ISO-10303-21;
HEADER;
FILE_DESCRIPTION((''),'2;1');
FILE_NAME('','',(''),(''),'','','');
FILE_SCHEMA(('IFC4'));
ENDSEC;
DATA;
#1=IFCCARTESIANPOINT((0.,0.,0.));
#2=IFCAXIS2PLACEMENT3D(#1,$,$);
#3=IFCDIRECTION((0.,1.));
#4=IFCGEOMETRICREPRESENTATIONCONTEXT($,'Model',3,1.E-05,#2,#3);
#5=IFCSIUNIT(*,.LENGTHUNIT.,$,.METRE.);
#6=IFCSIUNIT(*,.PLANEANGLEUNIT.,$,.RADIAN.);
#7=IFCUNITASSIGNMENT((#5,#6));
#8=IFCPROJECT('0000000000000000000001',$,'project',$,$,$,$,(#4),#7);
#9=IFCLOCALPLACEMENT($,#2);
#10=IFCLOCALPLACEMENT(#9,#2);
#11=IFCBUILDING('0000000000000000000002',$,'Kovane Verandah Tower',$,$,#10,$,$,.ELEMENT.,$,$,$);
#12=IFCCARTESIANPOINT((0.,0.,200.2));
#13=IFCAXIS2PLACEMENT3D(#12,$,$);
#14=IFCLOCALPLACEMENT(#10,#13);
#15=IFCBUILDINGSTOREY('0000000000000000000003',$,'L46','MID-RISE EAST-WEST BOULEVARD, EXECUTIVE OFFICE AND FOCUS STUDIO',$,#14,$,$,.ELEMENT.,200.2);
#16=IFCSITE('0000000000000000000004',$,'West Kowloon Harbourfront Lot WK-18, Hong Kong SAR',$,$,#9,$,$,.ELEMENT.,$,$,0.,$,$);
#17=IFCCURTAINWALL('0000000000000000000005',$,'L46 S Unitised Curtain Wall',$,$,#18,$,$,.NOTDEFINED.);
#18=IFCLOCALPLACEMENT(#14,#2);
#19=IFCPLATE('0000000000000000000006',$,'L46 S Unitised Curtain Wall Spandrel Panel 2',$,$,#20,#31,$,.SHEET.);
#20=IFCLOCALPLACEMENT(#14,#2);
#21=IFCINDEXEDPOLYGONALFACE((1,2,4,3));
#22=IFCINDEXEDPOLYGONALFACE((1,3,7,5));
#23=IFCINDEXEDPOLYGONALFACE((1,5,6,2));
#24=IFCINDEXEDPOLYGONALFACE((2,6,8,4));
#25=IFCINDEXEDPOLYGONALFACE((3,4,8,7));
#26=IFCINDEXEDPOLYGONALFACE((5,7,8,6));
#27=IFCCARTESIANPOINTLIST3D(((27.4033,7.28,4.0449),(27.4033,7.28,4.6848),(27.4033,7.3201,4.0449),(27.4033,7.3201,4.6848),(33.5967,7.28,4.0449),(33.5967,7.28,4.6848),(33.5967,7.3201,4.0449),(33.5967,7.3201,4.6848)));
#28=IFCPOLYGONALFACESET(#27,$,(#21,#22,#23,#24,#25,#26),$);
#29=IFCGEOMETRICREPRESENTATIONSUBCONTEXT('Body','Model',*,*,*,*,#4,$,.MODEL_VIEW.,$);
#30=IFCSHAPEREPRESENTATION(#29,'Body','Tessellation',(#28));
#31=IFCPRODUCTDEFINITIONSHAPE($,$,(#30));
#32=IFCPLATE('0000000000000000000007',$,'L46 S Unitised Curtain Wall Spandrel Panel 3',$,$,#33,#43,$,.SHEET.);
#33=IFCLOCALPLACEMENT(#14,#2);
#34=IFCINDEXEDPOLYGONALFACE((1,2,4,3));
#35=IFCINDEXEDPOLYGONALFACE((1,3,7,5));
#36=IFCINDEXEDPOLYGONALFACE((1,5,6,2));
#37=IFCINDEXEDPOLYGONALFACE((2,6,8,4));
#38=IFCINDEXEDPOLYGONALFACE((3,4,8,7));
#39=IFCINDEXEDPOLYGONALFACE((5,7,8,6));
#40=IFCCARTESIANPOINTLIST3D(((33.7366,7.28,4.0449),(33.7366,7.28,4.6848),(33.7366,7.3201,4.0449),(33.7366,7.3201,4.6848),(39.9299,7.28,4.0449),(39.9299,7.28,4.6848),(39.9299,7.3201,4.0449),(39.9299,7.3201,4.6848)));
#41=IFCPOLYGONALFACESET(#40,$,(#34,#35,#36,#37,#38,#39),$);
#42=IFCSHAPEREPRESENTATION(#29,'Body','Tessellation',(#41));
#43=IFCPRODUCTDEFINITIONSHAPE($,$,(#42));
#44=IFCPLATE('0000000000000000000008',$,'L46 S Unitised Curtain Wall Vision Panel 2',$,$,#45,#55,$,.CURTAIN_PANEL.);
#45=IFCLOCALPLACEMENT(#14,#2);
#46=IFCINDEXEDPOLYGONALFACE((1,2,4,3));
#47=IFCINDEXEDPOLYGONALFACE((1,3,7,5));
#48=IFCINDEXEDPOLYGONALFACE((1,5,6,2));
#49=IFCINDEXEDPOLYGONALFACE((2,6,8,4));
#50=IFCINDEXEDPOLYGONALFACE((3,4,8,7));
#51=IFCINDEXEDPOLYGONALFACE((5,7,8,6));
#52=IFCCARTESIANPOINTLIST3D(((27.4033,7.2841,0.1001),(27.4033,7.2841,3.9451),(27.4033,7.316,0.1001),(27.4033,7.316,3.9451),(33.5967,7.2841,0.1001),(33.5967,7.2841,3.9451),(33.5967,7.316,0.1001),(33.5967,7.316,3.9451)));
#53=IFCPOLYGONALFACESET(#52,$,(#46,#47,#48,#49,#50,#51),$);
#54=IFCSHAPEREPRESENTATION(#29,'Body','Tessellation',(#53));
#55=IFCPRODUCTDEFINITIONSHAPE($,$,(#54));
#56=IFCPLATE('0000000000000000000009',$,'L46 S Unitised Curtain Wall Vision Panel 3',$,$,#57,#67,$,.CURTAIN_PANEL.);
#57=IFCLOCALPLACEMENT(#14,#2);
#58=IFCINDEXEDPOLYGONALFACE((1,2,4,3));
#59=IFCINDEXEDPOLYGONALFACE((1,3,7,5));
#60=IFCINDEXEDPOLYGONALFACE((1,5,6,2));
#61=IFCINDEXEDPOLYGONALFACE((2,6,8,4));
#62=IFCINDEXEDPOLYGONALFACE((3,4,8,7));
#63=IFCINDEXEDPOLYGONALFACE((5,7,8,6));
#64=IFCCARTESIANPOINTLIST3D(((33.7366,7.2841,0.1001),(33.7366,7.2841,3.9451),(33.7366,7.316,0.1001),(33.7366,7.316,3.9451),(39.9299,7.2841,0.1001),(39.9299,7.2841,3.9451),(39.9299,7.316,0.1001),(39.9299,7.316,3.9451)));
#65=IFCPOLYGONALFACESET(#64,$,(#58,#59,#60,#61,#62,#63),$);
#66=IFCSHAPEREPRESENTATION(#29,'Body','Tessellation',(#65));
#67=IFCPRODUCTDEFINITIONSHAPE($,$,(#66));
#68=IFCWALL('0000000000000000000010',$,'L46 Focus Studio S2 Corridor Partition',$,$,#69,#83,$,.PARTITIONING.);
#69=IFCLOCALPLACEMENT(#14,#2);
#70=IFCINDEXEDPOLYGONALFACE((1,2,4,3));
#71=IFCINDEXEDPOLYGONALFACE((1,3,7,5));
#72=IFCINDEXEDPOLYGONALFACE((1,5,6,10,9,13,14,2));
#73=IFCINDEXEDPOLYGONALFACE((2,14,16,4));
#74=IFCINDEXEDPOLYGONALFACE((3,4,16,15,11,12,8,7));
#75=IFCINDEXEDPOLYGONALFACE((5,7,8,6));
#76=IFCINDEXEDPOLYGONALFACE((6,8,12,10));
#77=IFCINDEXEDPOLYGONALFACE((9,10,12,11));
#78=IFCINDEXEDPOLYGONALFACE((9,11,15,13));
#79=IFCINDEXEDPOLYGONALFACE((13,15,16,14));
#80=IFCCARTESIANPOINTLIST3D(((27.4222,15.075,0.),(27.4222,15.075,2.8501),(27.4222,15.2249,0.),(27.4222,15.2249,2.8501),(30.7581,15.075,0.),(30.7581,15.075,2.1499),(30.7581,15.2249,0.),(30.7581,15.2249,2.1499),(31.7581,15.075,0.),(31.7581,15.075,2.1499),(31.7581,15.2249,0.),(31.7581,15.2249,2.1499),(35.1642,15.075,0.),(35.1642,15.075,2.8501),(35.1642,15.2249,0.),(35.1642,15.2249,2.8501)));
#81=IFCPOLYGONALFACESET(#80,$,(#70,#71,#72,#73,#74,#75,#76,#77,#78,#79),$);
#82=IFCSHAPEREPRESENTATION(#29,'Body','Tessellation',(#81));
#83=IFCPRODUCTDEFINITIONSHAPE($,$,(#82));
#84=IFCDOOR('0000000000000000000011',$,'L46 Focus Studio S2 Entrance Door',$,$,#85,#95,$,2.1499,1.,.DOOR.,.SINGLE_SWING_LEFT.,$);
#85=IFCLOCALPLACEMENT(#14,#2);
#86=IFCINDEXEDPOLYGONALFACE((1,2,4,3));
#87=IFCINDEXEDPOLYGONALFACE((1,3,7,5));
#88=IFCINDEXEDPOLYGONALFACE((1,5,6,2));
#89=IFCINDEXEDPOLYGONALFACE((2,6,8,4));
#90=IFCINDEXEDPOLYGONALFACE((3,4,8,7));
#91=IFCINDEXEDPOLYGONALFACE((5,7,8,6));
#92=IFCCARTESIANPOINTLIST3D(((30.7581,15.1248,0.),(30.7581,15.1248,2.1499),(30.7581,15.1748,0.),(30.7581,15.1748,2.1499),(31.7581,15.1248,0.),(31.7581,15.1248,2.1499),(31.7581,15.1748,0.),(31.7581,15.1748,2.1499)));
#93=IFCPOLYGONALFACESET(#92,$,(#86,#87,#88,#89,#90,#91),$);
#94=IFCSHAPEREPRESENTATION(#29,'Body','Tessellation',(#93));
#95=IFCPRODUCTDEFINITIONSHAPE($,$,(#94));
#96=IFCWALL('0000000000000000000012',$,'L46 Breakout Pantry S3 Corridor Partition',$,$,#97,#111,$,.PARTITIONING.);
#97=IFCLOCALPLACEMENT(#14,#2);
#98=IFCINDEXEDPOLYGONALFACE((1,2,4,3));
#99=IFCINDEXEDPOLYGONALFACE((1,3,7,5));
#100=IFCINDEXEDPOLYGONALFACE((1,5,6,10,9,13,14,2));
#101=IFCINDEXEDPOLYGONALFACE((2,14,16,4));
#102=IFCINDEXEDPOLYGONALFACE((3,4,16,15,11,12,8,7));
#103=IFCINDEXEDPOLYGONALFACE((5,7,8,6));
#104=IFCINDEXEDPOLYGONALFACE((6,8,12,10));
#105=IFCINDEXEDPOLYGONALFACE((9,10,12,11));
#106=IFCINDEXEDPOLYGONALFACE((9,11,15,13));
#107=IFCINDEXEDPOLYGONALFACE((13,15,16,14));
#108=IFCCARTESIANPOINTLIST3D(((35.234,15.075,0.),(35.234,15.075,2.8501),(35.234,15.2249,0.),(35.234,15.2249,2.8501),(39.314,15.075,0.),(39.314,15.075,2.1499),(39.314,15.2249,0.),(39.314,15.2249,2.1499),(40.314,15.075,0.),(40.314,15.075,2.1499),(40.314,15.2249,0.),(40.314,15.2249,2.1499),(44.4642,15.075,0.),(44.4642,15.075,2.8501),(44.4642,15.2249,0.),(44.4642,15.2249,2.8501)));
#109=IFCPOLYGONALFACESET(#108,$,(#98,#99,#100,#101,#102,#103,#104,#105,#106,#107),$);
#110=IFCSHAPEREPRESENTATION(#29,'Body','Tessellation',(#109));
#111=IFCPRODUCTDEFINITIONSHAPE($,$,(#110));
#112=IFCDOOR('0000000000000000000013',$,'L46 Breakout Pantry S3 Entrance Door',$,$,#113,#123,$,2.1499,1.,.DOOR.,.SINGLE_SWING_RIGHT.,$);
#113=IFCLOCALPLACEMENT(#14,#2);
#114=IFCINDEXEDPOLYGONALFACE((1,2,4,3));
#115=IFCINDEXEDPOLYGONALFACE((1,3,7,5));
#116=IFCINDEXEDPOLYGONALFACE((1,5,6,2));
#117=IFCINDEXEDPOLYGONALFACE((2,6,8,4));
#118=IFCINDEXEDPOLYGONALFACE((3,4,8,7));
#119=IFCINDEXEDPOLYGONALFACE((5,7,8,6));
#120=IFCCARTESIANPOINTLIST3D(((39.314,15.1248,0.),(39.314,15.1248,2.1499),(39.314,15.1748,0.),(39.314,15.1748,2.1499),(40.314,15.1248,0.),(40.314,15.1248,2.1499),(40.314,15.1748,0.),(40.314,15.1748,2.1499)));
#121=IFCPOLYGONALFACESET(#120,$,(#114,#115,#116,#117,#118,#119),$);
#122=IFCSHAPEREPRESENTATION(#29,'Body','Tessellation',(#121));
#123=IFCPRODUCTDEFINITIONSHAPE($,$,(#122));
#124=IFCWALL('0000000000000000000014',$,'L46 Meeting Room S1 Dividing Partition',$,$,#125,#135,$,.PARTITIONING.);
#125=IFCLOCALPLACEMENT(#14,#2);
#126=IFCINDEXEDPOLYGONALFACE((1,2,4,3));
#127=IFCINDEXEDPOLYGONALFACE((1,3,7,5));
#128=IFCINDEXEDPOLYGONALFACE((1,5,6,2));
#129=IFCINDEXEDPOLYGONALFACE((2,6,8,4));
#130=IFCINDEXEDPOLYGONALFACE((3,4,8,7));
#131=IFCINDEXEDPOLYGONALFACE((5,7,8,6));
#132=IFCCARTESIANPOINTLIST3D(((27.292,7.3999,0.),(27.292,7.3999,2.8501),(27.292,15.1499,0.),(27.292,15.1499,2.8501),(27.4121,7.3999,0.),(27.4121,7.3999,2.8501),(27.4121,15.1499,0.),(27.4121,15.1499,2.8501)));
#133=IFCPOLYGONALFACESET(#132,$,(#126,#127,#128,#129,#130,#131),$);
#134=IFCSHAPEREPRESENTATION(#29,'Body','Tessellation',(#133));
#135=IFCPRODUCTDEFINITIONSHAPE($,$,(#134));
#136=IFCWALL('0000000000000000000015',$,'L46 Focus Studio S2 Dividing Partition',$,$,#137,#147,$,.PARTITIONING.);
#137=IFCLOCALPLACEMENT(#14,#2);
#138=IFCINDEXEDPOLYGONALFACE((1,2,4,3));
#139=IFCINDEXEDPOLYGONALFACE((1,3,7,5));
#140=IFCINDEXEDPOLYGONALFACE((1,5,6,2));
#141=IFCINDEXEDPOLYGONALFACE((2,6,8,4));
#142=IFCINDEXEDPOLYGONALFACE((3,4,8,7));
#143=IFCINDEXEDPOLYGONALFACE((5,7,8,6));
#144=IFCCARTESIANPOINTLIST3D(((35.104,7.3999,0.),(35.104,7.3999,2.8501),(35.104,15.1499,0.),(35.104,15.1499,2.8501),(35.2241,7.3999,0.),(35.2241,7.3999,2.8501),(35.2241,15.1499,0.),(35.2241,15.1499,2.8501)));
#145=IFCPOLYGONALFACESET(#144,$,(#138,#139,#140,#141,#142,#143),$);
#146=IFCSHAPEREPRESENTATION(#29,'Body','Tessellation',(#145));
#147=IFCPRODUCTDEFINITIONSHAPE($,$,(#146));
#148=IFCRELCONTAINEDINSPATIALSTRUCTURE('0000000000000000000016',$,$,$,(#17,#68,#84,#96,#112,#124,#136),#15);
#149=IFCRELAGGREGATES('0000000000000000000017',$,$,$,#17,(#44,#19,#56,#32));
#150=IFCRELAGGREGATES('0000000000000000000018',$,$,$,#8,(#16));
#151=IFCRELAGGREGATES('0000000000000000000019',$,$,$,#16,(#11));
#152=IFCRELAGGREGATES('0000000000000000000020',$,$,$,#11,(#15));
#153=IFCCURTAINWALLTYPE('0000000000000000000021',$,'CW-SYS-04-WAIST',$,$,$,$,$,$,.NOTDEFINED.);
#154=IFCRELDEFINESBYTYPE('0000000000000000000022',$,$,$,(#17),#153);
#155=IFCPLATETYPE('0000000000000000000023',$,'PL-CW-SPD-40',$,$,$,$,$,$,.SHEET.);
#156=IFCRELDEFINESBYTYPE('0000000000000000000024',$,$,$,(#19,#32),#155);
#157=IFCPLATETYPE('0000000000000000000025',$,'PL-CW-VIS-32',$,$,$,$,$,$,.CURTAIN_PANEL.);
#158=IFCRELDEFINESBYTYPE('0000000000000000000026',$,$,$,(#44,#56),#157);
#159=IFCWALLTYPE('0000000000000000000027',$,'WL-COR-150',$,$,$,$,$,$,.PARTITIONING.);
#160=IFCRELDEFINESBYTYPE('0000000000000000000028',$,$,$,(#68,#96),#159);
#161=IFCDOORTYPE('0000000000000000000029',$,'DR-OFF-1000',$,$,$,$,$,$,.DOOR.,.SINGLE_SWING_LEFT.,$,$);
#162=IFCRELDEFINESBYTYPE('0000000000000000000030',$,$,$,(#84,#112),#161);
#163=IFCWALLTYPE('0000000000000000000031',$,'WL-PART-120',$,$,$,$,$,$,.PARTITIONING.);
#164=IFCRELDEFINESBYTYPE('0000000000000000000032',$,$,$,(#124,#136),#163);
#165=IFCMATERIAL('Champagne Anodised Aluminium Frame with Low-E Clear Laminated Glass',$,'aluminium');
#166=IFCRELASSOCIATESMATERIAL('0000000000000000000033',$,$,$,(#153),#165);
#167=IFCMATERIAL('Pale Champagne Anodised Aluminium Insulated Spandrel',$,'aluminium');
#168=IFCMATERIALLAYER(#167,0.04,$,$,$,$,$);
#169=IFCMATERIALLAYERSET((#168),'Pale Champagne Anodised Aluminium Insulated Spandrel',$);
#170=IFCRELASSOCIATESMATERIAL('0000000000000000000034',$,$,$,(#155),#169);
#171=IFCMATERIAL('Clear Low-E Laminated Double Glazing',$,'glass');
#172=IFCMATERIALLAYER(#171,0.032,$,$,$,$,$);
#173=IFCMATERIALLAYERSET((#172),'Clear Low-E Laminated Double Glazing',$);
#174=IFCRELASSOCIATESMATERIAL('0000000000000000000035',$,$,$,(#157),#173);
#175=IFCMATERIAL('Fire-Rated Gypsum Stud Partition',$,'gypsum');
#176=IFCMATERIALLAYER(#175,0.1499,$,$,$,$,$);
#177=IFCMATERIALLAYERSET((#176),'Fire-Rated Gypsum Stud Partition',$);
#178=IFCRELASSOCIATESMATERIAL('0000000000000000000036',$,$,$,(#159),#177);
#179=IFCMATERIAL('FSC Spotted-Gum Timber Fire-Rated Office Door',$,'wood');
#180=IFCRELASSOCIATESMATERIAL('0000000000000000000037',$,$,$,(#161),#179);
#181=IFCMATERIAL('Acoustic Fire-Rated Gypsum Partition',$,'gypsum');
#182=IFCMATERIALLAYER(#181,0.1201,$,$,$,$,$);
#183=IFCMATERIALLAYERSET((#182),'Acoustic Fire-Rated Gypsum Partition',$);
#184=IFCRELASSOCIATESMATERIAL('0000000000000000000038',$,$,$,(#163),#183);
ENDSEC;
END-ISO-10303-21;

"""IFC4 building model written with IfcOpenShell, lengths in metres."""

from ifc_helpers import new_model, si_unit, direction, frame, frame_2d, origin, origin_2d, place, context, subcontext, project, spatial, rectangle, extrude, material, layer, layer_set, type_object, element, fill, aggregate, save


model = new_model("IFC4")

# Units and contexts
model_context = context("Model", 3, precision=1e-05, world=origin(), true_north=direction((0.0, 1.0)))
body_context = subcontext(model_context, "Body", "Model", "MODEL_VIEW")
ifc_project = project(units=[si_unit("LENGTHUNIT", "METRE"), si_unit("PLANEANGLEUNIT", "RADIAN")], contexts=[model_context])

# Site, building, storey
site_placement = place(None, origin())
site = spatial("IfcSite", under=ifc_project, at=site_placement, Name="West Kowloon Harbourfront Lot WK-18, Hong Kong SAR", CompositionType="ELEMENT", RefElevation=0.0)
building_placement = place(site_placement, origin())
building = spatial("IfcBuilding", under=site, at=building_placement, Name="Kovane Verandah Tower", CompositionType="ELEMENT")
storey_placement = place(building_placement, frame((0.0, 0.0, 200.2)))
storey = spatial("IfcBuildingStorey", under=building, at=storey_placement, Name="L46", Description="MID-RISE EAST-WEST BOULEVARD, EXECUTIVE OFFICE AND FOCUS STUDIO", CompositionType="ELEMENT", Elevation=200.2)

# Curtain wall
ifc_material_1 = material(Name="Champagne Anodised Aluminium Frame with Low-E Clear Laminated Glass", Category="aluminium")
curtain_wall_type = type_object("IfcCurtainWallType", Name="CW-SYS-04-WAIST", PredefinedType="NOTDEFINED", material=ifc_material_1)
curtain_wall_placement = place(storey_placement, origin())
curtain_wall = element("IfcCurtainWall", 1, at=curtain_wall_placement, inside=storey, type_object=curtain_wall_type, Name="L46 S Unitised Curtain Wall", PredefinedType="NOTDEFINED")

# Plates
ifc_material_2 = material(Name="Pale Champagne Anodised Aluminium Insulated Spandrel", Category="aluminium")
ifc_layer_1 = layer(ifc_material_2, 0.04)
ifc_layer_set_1 = layer_set([ifc_layer_1], Name="Pale Champagne Anodised Aluminium Insulated Spandrel")
plate_type_1 = type_object("IfcPlateType", Name="PL-CW-SPD-40", PredefinedType="SHEET", material=ifc_layer_set_1)
plate_1_placement = place(storey_placement, frame((30.5, 7.3, 4.0449), z_axis=(0.0, 0.0, 1.0), x_axis=(1.0, 0.0, 0.0)))
plate_1 = element("IfcPlate", 2, at=plate_1_placement, type_object=plate_type_1, Name="L46 S Unitised Curtain Wall Spandrel Panel 2", PredefinedType="SHEET", context=body_context, shape_type="SweptSolid", body=[
    extrude(rectangle(XDim=6.1934, YDim=0.04, at=origin_2d()), origin(), (0.0, 0.0, 1.0), 0.6399),
])
plate_2_placement = place(storey_placement, frame((36.8333, 7.3, 4.0449), z_axis=(0.0, 0.0, 1.0), x_axis=(1.0, 0.0, 0.0)))
plate_2 = element("IfcPlate", 3, at=plate_2_placement, type_object=plate_type_1, Name="L46 S Unitised Curtain Wall Spandrel Panel 3", PredefinedType="SHEET", context=body_context, shape_type="SweptSolid", body=[
    extrude(rectangle(XDim=6.1934, YDim=0.04, at=origin_2d()), origin(), (0.0, 0.0, 1.0), 0.6399),
])
ifc_material_3 = material(Name="Clear Low-E Laminated Double Glazing", Category="glass")
ifc_layer_2 = layer(ifc_material_3, 0.032)
ifc_layer_set_2 = layer_set([ifc_layer_2], Name="Clear Low-E Laminated Double Glazing")
plate_type_2 = type_object("IfcPlateType", Name="PL-CW-VIS-32", PredefinedType="CURTAIN_PANEL", material=ifc_layer_set_2)
plate_3_placement = place(storey_placement, frame((30.5, 7.3, 0.1001), z_axis=(0.0, 0.0, 1.0), x_axis=(1.0, 0.0, 0.0)))
plate_3 = element("IfcPlate", 4, at=plate_3_placement, type_object=plate_type_2, Name="L46 S Unitised Curtain Wall Vision Panel 2", PredefinedType="CURTAIN_PANEL", context=body_context, shape_type="SweptSolid", body=[
    extrude(rectangle(XDim=6.1934, YDim=0.032, at=origin_2d()), origin(), (0.0, 0.0, 1.0), 3.845),
])
plate_4_placement = place(storey_placement, frame((36.8333, 7.3, 0.1001), z_axis=(0.0, 0.0, 1.0), x_axis=(1.0, 0.0, 0.0)))
plate_4 = element("IfcPlate", 5, at=plate_4_placement, type_object=plate_type_2, Name="L46 S Unitised Curtain Wall Vision Panel 3", PredefinedType="CURTAIN_PANEL", context=body_context, shape_type="SweptSolid", body=[
    extrude(rectangle(XDim=6.1934, YDim=0.032, at=origin_2d()), origin(), (0.0, 0.0, 1.0), 3.845),
])
aggregate(curtain_wall, [plate_3, plate_1, plate_4, plate_2])

# Walls, openings, doors
ifc_material_4 = material(Name="Fire-Rated Gypsum Stud Partition", Category="gypsum")
ifc_layer_3 = layer(ifc_material_4, 0.1499)
ifc_layer_set_3 = layer_set([ifc_layer_3], Name="Fire-Rated Gypsum Stud Partition")
wall_type_1 = type_object("IfcWallType", Name="WL-COR-150", PredefinedType="PARTITIONING", material=ifc_layer_set_3)
wall_1_placement = place(storey_placement, frame((27.4221, 15.1499, 0.0), z_axis=(0.0, 0.0, 1.0), x_axis=(1.0, 0.0, 0.0)))
wall_1 = element("IfcWall", 6, at=wall_1_placement, inside=storey, type_object=wall_type_1, Name="L46 Focus Studio S2 Corridor Partition", PredefinedType="PARTITIONING", context=body_context, shape_type="SweptSolid", body=[
    extrude(rectangle(XDim=7.7419, YDim=0.1499, at=frame_2d((3.8711, 0.0))), origin(), (0.0, 0.0, 1.0), 2.8501),
])
opening_1_placement = place(wall_1_placement, frame((3.3359, 0.0, 0.0)))
opening_1 = element("IfcOpeningElement", 7, at=opening_1_placement, cuts=wall_1, PredefinedType="OPENING", context=body_context, shape_type="SweptSolid", body=[
    extrude(rectangle(XDim=1.0, YDim=2.1499, at=frame_2d((0.5, 1.075))), frame((0.0, 0.075, 0.0), z_axis=(0.0, -1.0, 0.0), x_axis=(1.0, 0.0, 0.0)), (0.0, 0.0, 1.0), 0.1499),
])
ifc_material_5 = material(Name="FSC Spotted-Gum Timber Fire-Rated Office Door", Category="wood")
door_type = type_object("IfcDoorType", Name="DR-OFF-1000", OperationType="SINGLE_SWING_LEFT", PredefinedType="DOOR", material=ifc_material_5)
door_1_placement = place(opening_1_placement, origin())
door_1 = element("IfcDoor", 8, at=door_1_placement, inside=storey, type_object=door_type, Name="L46 Focus Studio S2 Entrance Door", OperationType="SINGLE_SWING_LEFT", OverallHeight=2.1499, OverallWidth=1.0, PredefinedType="DOOR", context=body_context, shape_type="SweptSolid", body=[
    extrude(rectangle(XDim=1.0, YDim=2.1499, at=frame_2d((0.5, 1.075))), frame((0.0, 0.0249, 0.0), z_axis=(0.0, -1.0, 0.0), x_axis=(1.0, 0.0, 0.0)), (0.0, 0.0, 1.0), 0.05),
])
fill(opening_1, door_1)
wall_2_placement = place(storey_placement, frame((35.2339, 15.1499, 0.0), z_axis=(0.0, 0.0, 1.0), x_axis=(1.0, 0.0, 0.0)))
wall_2 = element("IfcWall", 9, at=wall_2_placement, inside=storey, type_object=wall_type_1, Name="L46 Breakout Pantry S3 Corridor Partition", PredefinedType="PARTITIONING", context=body_context, shape_type="SweptSolid", body=[
    extrude(rectangle(XDim=9.2302, YDim=0.1499, at=frame_2d((4.6152, 0.0))), origin(), (0.0, 0.0, 1.0), 2.8501),
])
opening_2_placement = place(wall_2_placement, frame((4.0801, 0.0, 0.0)))
opening_2 = element("IfcOpeningElement", 10, at=opening_2_placement, cuts=wall_2, PredefinedType="OPENING", context=body_context, shape_type="SweptSolid", body=[
    extrude(rectangle(XDim=1.0, YDim=2.1499, at=frame_2d((0.5, 1.075))), frame((0.0, 0.075, 0.0), z_axis=(0.0, -1.0, 0.0), x_axis=(1.0, 0.0, 0.0)), (0.0, 0.0, 1.0), 0.1499),
])
door_2_placement = place(opening_2_placement, origin())
door_2 = element("IfcDoor", 11, at=door_2_placement, inside=storey, type_object=door_type, Name="L46 Breakout Pantry S3 Entrance Door", OperationType="SINGLE_SWING_RIGHT", OverallHeight=2.1499, OverallWidth=1.0, PredefinedType="DOOR", context=body_context, shape_type="SweptSolid", body=[
    extrude(rectangle(XDim=1.0, YDim=2.1499, at=frame_2d((0.5, 1.075))), frame((0.0, 0.0249, 0.0), z_axis=(0.0, -1.0, 0.0), x_axis=(1.0, 0.0, 0.0)), (0.0, 0.0, 1.0), 0.05),
])
fill(opening_2, door_2)

# Walls
ifc_material_6 = material(Name="Acoustic Fire-Rated Gypsum Partition", Category="gypsum")
ifc_layer_4 = layer(ifc_material_6, 0.1201)
ifc_layer_set_4 = layer_set([ifc_layer_4], Name="Acoustic Fire-Rated Gypsum Partition")
wall_type_2 = type_object("IfcWallType", Name="WL-PART-120", PredefinedType="PARTITIONING", material=ifc_layer_set_4)
for number, where, z_axis, x_axis, name in (
    (12, (27.3521, 7.3999, 0.0), (0.0, 0.0, 1.0), (0.0, 1.0, 0.0), "L46 Meeting Room S1 Dividing Partition"),
    (13, (35.1641, 7.3999, 0.0), (0.0, 0.0, 1.0), (0.0, 1.0, 0.0), "L46 Focus Studio S2 Dividing Partition"),
):
    element("IfcWall", number, at=place(storey_placement, frame(where, z_axis=z_axis, x_axis=x_axis)), inside=storey, type_object=wall_type_2, Name=name, PredefinedType="PARTITIONING", context=body_context, shape_type="SweptSolid", body=[
        extrude(rectangle(XDim=7.75, YDim=0.1201, at=frame_2d((3.875, 0.0))), origin(), (0.0, 0.0, 1.0), 2.8501),
    ])

save(model, "model.ifc")
